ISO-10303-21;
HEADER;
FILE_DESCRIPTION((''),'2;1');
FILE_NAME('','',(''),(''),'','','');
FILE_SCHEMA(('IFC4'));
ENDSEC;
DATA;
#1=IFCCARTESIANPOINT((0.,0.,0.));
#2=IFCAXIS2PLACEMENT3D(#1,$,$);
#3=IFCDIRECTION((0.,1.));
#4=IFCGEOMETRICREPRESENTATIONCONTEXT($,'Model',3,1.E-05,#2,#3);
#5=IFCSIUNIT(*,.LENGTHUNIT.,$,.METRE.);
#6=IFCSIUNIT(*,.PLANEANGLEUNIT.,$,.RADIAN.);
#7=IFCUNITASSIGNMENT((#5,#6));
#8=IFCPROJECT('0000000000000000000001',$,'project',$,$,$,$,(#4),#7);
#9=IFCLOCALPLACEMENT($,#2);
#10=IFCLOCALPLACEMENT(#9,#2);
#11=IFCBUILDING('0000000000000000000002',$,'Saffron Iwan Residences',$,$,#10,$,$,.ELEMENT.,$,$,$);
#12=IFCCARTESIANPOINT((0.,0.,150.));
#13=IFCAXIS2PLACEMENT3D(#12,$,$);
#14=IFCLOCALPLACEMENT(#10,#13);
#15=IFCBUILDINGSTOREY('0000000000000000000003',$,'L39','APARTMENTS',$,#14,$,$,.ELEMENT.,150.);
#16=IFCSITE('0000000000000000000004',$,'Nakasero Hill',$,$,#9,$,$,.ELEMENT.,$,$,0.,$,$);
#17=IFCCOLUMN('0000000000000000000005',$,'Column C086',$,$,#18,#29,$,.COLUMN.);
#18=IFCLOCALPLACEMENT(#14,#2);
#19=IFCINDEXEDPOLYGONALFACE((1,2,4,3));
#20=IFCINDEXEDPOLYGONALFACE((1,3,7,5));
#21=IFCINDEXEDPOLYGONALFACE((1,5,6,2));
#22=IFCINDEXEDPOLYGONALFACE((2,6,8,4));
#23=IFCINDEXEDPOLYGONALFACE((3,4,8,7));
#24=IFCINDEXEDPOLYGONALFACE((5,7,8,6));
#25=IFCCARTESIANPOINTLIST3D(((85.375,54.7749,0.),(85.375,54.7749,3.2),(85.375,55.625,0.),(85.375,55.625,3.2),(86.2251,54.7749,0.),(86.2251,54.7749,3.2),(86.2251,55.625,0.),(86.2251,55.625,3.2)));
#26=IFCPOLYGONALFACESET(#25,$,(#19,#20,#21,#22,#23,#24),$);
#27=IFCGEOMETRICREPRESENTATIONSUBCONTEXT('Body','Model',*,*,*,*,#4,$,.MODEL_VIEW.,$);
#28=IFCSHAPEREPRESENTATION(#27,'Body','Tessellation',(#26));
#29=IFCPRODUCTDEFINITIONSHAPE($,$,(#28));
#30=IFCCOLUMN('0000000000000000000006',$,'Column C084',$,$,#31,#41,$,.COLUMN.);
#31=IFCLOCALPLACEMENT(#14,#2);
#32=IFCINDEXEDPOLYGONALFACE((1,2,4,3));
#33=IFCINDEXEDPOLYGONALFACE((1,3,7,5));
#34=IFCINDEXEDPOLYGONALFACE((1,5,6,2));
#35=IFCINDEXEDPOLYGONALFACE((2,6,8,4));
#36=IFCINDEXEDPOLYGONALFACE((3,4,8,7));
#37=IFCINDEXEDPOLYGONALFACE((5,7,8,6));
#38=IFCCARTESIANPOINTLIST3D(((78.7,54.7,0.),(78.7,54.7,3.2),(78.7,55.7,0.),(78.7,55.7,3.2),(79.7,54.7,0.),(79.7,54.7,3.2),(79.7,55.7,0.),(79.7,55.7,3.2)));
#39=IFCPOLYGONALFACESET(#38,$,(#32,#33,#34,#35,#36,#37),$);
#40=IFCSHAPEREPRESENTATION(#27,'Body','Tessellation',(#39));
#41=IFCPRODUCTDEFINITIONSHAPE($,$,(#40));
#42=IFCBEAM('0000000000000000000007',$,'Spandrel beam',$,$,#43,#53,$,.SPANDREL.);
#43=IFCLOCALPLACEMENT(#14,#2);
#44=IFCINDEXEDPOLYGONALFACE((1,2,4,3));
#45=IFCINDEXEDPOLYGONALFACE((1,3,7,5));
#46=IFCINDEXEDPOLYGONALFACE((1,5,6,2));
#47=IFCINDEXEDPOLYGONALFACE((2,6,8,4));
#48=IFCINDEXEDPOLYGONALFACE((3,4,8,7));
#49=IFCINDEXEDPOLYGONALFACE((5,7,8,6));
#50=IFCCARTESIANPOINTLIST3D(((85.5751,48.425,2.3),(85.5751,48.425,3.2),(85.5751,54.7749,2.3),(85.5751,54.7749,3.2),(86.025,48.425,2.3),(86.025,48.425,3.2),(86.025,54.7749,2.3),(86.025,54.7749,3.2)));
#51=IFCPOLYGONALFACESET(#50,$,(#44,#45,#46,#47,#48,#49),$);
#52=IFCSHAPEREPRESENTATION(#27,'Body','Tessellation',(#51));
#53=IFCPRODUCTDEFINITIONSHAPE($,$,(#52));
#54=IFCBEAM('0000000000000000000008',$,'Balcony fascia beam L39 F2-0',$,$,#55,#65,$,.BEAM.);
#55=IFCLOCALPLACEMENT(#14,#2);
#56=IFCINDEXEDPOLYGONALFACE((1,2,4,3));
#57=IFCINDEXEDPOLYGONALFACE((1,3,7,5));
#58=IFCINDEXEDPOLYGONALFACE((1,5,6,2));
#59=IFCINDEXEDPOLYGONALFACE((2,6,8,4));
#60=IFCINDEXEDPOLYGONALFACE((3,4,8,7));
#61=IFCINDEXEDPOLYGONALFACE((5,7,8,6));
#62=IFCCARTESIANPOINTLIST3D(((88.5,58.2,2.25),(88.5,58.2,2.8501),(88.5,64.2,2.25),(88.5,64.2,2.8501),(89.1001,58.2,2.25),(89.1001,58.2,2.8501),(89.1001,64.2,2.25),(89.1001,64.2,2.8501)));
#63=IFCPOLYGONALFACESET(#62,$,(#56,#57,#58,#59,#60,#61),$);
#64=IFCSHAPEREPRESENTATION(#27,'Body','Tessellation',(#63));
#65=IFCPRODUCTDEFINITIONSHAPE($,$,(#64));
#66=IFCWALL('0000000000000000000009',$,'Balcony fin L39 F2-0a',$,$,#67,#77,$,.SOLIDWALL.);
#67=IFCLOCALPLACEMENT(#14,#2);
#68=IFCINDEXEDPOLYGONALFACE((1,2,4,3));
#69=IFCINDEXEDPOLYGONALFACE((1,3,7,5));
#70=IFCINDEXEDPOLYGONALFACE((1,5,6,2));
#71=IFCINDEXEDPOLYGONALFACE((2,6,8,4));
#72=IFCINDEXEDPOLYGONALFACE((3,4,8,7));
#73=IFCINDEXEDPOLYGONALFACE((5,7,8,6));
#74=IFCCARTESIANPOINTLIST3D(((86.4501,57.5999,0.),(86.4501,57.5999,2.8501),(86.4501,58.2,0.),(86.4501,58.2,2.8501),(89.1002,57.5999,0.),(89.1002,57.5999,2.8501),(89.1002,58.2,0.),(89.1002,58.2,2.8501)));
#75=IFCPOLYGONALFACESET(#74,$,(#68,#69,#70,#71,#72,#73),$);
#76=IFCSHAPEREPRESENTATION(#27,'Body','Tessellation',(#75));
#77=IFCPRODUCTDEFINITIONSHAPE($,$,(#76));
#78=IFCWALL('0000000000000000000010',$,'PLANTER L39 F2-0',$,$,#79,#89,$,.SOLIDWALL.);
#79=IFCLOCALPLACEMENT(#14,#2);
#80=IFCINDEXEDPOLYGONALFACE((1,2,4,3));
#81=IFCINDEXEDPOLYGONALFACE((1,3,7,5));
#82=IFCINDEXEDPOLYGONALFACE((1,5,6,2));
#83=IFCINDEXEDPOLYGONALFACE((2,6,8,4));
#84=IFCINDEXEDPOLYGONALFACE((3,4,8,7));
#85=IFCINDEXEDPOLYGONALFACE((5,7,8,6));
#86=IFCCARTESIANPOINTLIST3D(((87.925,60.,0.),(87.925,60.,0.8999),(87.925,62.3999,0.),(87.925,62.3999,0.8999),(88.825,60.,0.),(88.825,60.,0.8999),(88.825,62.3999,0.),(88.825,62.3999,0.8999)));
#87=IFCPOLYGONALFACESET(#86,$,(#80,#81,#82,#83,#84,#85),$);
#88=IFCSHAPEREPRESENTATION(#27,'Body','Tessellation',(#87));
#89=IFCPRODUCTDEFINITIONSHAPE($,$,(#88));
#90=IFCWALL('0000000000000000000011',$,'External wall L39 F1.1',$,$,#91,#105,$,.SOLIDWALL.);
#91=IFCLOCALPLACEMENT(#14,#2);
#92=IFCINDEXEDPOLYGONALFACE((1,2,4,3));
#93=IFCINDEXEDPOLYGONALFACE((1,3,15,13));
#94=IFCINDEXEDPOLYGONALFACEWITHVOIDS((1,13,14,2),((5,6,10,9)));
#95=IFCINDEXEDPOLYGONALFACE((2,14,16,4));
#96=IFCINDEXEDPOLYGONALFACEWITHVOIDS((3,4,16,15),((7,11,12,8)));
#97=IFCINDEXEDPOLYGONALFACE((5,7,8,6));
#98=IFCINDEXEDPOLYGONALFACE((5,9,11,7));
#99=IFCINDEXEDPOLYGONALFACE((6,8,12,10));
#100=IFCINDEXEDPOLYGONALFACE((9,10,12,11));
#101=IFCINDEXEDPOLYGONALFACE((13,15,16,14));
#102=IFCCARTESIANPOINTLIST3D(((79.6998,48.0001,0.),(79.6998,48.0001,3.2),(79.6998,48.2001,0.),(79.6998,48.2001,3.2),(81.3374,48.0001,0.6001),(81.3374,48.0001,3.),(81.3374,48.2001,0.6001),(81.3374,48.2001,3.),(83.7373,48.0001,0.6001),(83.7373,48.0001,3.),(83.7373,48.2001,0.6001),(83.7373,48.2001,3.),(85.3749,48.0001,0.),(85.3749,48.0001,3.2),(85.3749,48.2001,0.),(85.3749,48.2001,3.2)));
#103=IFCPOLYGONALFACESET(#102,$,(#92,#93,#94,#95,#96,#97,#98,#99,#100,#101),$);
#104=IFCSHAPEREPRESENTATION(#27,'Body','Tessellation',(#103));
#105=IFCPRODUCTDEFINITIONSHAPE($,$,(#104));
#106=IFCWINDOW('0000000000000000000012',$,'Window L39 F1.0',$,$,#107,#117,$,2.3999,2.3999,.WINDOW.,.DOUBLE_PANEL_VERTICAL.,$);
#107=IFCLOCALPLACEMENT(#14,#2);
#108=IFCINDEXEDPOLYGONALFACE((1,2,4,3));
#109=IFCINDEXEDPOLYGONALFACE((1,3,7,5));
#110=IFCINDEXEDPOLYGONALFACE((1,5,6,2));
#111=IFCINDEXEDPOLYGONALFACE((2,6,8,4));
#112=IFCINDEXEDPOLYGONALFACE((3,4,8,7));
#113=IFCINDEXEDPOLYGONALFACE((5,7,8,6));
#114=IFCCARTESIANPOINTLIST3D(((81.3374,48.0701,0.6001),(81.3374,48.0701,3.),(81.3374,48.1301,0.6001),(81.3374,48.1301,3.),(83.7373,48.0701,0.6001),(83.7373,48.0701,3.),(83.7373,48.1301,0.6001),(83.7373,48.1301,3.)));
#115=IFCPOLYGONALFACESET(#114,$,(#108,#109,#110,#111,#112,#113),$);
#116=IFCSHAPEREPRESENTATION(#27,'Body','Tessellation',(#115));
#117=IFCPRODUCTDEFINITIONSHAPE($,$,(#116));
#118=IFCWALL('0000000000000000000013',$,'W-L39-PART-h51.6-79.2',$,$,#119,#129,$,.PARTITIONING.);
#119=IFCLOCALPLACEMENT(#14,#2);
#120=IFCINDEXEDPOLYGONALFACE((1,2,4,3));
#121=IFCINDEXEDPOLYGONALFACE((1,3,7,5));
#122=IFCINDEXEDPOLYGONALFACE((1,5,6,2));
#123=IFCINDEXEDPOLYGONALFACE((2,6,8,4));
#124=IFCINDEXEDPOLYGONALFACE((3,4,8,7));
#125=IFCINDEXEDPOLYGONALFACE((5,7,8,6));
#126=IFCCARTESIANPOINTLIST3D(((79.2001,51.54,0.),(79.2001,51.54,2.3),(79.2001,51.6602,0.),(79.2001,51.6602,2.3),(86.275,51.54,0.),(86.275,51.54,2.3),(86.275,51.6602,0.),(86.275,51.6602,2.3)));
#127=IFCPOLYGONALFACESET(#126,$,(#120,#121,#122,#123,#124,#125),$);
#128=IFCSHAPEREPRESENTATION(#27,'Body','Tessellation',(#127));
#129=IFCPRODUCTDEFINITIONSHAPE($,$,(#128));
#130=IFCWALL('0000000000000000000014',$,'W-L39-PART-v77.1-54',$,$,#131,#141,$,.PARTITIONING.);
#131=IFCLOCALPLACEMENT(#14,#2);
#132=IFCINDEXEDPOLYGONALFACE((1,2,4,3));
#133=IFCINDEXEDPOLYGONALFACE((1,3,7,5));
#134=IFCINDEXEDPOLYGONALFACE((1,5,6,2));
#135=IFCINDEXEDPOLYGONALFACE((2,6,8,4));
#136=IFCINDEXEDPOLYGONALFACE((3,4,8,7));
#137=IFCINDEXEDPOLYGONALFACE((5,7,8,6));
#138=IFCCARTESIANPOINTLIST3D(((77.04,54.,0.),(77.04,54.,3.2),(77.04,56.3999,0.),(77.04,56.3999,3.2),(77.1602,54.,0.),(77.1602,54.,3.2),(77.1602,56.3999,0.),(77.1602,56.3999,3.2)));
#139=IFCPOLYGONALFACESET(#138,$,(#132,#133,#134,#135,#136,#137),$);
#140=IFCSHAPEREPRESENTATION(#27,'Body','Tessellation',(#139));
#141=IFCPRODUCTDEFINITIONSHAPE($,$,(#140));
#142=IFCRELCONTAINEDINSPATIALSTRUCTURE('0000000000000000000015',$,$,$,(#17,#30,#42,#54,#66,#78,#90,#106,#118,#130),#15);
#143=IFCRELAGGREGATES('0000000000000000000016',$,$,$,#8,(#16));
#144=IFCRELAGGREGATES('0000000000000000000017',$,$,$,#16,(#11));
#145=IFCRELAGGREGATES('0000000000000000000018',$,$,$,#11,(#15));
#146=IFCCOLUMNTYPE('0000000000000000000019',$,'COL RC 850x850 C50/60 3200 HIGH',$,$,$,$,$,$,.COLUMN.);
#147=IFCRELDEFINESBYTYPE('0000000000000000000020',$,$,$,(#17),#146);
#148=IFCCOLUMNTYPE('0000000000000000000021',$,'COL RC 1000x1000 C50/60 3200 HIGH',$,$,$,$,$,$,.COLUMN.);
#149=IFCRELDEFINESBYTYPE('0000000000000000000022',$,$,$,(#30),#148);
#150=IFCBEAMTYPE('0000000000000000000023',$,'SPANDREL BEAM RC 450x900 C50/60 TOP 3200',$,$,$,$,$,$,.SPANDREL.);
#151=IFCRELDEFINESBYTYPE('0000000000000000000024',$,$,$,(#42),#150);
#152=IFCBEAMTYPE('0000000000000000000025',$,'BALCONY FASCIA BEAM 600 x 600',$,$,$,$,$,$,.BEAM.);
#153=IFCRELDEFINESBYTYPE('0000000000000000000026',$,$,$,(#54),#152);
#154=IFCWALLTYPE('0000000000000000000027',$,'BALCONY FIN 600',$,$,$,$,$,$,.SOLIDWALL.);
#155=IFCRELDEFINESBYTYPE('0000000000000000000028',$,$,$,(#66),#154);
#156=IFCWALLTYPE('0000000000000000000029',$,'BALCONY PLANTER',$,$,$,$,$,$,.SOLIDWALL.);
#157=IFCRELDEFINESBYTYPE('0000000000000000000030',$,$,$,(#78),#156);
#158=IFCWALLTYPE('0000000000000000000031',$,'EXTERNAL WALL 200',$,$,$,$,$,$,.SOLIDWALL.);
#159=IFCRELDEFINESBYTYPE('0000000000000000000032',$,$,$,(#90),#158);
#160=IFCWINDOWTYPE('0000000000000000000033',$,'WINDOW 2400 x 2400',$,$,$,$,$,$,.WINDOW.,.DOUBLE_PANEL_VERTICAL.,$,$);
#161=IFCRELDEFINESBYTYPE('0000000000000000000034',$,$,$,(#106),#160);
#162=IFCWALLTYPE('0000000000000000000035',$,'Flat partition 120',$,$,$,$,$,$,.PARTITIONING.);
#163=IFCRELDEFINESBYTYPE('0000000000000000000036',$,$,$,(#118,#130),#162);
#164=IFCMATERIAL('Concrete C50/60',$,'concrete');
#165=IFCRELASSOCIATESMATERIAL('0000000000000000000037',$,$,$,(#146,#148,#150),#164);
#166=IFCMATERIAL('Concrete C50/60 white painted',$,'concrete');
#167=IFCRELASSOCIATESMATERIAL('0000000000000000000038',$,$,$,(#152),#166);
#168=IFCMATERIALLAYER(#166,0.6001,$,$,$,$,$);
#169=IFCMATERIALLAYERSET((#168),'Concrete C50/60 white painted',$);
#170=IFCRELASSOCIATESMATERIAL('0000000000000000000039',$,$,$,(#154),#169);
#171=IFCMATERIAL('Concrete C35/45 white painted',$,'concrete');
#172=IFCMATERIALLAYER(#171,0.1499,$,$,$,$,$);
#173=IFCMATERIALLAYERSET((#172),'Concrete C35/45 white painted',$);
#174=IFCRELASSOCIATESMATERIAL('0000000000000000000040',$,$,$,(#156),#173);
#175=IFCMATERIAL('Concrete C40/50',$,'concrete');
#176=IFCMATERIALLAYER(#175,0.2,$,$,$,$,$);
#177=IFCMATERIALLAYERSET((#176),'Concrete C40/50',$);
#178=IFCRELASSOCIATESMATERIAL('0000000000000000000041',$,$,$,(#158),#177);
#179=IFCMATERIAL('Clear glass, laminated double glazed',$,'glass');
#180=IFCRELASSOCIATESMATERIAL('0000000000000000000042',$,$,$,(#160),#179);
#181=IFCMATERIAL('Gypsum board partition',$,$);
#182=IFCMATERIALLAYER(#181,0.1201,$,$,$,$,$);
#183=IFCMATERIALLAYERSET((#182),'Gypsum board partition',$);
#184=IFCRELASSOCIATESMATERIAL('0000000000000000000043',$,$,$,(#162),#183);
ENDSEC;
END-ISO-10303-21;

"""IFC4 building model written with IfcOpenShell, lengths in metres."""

from ifc_helpers import new_model, si_unit, direction, frame, frame_2d, origin, origin_2d, place, context, subcontext, project, spatial, rectangle, extrude, source, transform, mapped, material, layer, layer_set, material_profile, profile_set, type_object, element, fill, save


model = new_model("IFC4")

# Units and contexts
model_context = context("Model", 3, precision=1e-05, world=origin(), true_north=direction((0.0, 1.0)))
body_context = subcontext(model_context, "Body", "Model", "MODEL_VIEW")
ifc_project = project(units=[si_unit("LENGTHUNIT", "METRE"), si_unit("PLANEANGLEUNIT", "RADIAN")], contexts=[model_context])

# Site, building, storey
site_placement = place(None, origin())
site = spatial("IfcSite", under=ifc_project, at=site_placement, Name="Nakasero Hill", CompositionType="ELEMENT", RefElevation=0.0)
building_placement = place(site_placement, origin())
building = spatial("IfcBuilding", under=site, at=building_placement, Name="Saffron Iwan Residences", CompositionType="ELEMENT")
storey_placement = place(building_placement, frame((0.0, 0.0, 150.0)))
storey = spatial("IfcBuildingStorey", under=building, at=storey_placement, Name="L39", Description="APARTMENTS", CompositionType="ELEMENT", Elevation=150.0)

# Columns
ifc_material_1 = material(Name="Concrete C50/60", Category="concrete")
ifc_material_profile_1 = material_profile(ifc_material_1, rectangle(XDim=0.8501, YDim=0.8501, at=origin_2d()), Name="RC 850x850")
ifc_profile_set_1 = profile_set([ifc_material_profile_1], Name="Concrete C50/60")
column_type_1 = type_object("IfcColumnType", Name="COL RC 850x850 C50/60 3200 HIGH", PredefinedType="COLUMN", material=ifc_profile_set_1)
shared_shape_1 = source(origin(), body_context, "Body", "SweptSolid", [
    extrude(rectangle(XDim=0.8501, YDim=0.8501, at=origin_2d()), origin(), (0.0, 0.0, 1.0), 3.2),
])
column_1_placement = place(storey_placement, frame((85.8, 55.2, 0.0), z_axis=(0.0, 0.0, 1.0), x_axis=(1.0, 0.0, 0.0)))
element("IfcColumn", 1, at=column_1_placement, inside=storey, type_object=column_type_1, Name="Column C086", PredefinedType="COLUMN", context=body_context, shape_type="MappedRepresentation", body=[
    mapped(shared_shape_1, transform((0.0, 0.0, 0.0))),
])
ifc_material_profile_2 = material_profile(ifc_material_1, rectangle(XDim=1.0, YDim=1.0, at=origin_2d()), Name="RC 1000x1000")
ifc_profile_set_2 = profile_set([ifc_material_profile_2], Name="Concrete C50/60")
column_type_2 = type_object("IfcColumnType", Name="COL RC 1000x1000 C50/60 3200 HIGH", PredefinedType="COLUMN", material=ifc_profile_set_2)
shared_shape_2 = source(origin(), body_context, "Body", "SweptSolid", [
    extrude(rectangle(XDim=1.0, YDim=1.0, at=origin_2d()), origin(), (0.0, 0.0, 1.0), 3.2),
])
column_2_placement = place(storey_placement, frame((79.2, 55.2, 0.0), z_axis=(0.0, 0.0, 1.0), x_axis=(1.0, 0.0, 0.0)))
element("IfcColumn", 2, at=column_2_placement, inside=storey, type_object=column_type_2, Name="Column C084", PredefinedType="COLUMN", context=body_context, shape_type="MappedRepresentation", body=[
    mapped(shared_shape_2, transform((0.0, 0.0, 0.0))),
])

# Beams
ifc_material_profile_3 = material_profile(ifc_material_1, rectangle(XDim=0.45, YDim=0.8999, at=origin_2d()), Name="RC 450x900")
ifc_profile_set_3 = profile_set([ifc_material_profile_3], Name="Concrete C50/60")
beam_type_1 = type_object("IfcBeamType", Name="SPANDREL BEAM RC 450x900 C50/60 TOP 3200", PredefinedType="SPANDREL", material=ifc_profile_set_3)
shared_shape_3 = source(origin(), body_context, "Body", "SweptSolid", [
    extrude(rectangle(XDim=0.45, YDim=0.8999, at=origin_2d()), origin(), (0.0, 0.0, 1.0), 6.3499),
])
beam_1_placement = place(storey_placement, frame((85.8, 54.7749, 2.75), z_axis=(0.0, -1.0, 0.0), x_axis=(1.0, 0.0, 0.0)))
element("IfcBeam", 3, at=beam_1_placement, inside=storey, type_object=beam_type_1, Name="Spandrel beam", PredefinedType="SPANDREL", context=body_context, shape_type="MappedRepresentation", body=[
    mapped(shared_shape_3, transform((0.0, 0.0, 0.0))),
])
ifc_material_2 = material(Name="Concrete C50/60 white painted", Category="concrete")
ifc_material_profile_4 = material_profile(ifc_material_2, rectangle(XDim=0.6001, YDim=0.6001, at=origin_2d()), Name="BALCONY FASCIA BEAM 600 x 600")
ifc_profile_set_4 = profile_set([ifc_material_profile_4], Name="Concrete C50/60 white painted")
beam_type_2 = type_object("IfcBeamType", Name="BALCONY FASCIA BEAM 600 x 600", PredefinedType="BEAM", material=ifc_profile_set_4)
shared_shape_4 = source(origin(), body_context, "Body", "SweptSolid", [
    extrude(rectangle(XDim=0.6001, YDim=0.6001, at=origin_2d()), origin(), (0.0, 0.0, 1.0), 6.0),
])
beam_2_placement = place(storey_placement, frame((88.8, 58.2, 2.55), z_axis=(0.0, 1.0, 0.0), x_axis=(-1.0, 0.0, 0.0)))
element("IfcBeam", 4, at=beam_2_placement, inside=storey, type_object=beam_type_2, Name="Balcony fascia beam L39 F2-0", PredefinedType="BEAM", context=body_context, shape_type="MappedRepresentation", body=[
    mapped(shared_shape_4, transform((0.0, 0.0, 0.0))),
])

# Walls
ifc_layer_1 = layer(ifc_material_2, 0.6001)
ifc_layer_set_1 = layer_set([ifc_layer_1], Name="Concrete C50/60 white painted")
wall_type_1 = type_object("IfcWallType", Name="BALCONY FIN 600", PredefinedType="SOLIDWALL", material=ifc_layer_set_1)
wall_1_placement = place(storey_placement, frame((86.45, 57.8999, 0.0), z_axis=(0.0, 0.0, 1.0), x_axis=(1.0, 0.0, 0.0)))
element("IfcWall", 5, at=wall_1_placement, inside=storey, type_object=wall_type_1, Name="Balcony fin L39 F2-0a", PredefinedType="SOLIDWALL", context=body_context, shape_type="SweptSolid", body=[
    extrude(rectangle(XDim=2.6501, YDim=0.6001, at=frame_2d((1.3252, 0.0))), origin(), (0.0, 0.0, 1.0), 2.8501),
])
ifc_material_3 = material(Name="Concrete C35/45 white painted", Category="concrete")
ifc_layer_2 = layer(ifc_material_3, 0.1499)
ifc_layer_set_2 = layer_set([ifc_layer_2], Name="Concrete C35/45 white painted")
wall_type_2 = type_object("IfcWallType", Name="BALCONY PLANTER", PredefinedType="SOLIDWALL", material=ifc_layer_set_2)
wall_2_placement = place(storey_placement, frame((88.375, 60.0, 0.0), z_axis=(0.0, 0.0, 1.0), x_axis=(0.0, 1.0, 0.0)))
element("IfcWall", 6, at=wall_2_placement, inside=storey, type_object=wall_type_2, Name="PLANTER L39 F2-0", PredefinedType="SOLIDWALL", context=body_context, shape_type="SweptSolid", body=[
    extrude(rectangle(XDim=2.3999, YDim=0.8999, at=frame_2d((1.2, 0.0))), origin(), (0.0, 0.0, 1.0), 0.8999),
])

# Wall, opening, window
ifc_material_4 = material(Name="Concrete C40/50", Category="concrete")
ifc_layer_3 = layer(ifc_material_4, 0.2)
ifc_layer_set_3 = layer_set([ifc_layer_3], Name="Concrete C40/50")
wall_type_3 = type_object("IfcWallType", Name="EXTERNAL WALL 200", PredefinedType="SOLIDWALL", material=ifc_layer_set_3)
wall_3_placement = place(storey_placement, frame((79.7, 48.1001, 0.0), z_axis=(0.0, 0.0, 1.0), x_axis=(1.0, 0.0, 0.0)))
wall_3 = element("IfcWall", 7, at=wall_3_placement, inside=storey, type_object=wall_type_3, Name="External wall L39 F1.1", PredefinedType="SOLIDWALL", context=body_context, shape_type="SweptSolid", body=[
    extrude(rectangle(XDim=5.675, YDim=0.2, at=frame_2d((2.8374, 0.0))), origin(), (0.0, 0.0, 1.0), 3.2),
])
opening_1_placement = place(wall_3_placement, frame((1.6375, 0.0, 0.6001)))
opening_1 = element("IfcOpeningElement", 8, at=opening_1_placement, cuts=wall_3, PredefinedType="OPENING", context=body_context, shape_type="SweptSolid", body=[
    extrude(rectangle(XDim=2.3999, YDim=2.3999, at=frame_2d((1.2, 1.2))), frame((0.0, 0.1099, 0.0), z_axis=(0.0, -1.0, 0.0), x_axis=(1.0, 0.0, 0.0)), (0.0, 0.0, 1.0), 0.22),
])
ifc_material_5 = material(Name="Clear glass, laminated double glazed", Category="glass")
window_type_1 = type_object("IfcWindowType", Name="WINDOW 2400 x 2400", PartitioningType="DOUBLE_PANEL_VERTICAL", PredefinedType="WINDOW", material=ifc_material_5)
window_1_placement = place(opening_1_placement, origin())
window_1 = element("IfcWindow", 9, at=window_1_placement, inside=storey, type_object=window_type_1, Name="Window L39 F1.0", OverallHeight=2.3999, OverallWidth=2.3999, PartitioningType="DOUBLE_PANEL_VERTICAL", PredefinedType="WINDOW", context=body_context, shape_type="SweptSolid", body=[
    extrude(rectangle(XDim=2.3999, YDim=2.3999, at=frame_2d((1.2, 1.2))), frame((0.0, 0.03, 0.0), z_axis=(0.0, -1.0, 0.0), x_axis=(1.0, 0.0, 0.0)), (0.0, 0.0, 1.0), 0.0601),
])
fill(opening_1, window_1)

# Walls
ifc_material_6 = material(Name="Gypsum board partition")
ifc_layer_4 = layer(ifc_material_6, 0.1201)
ifc_layer_set_4 = layer_set([ifc_layer_4], Name="Gypsum board partition")
wall_type_4 = type_object("IfcWallType", Name="Flat partition 120", PredefinedType="PARTITIONING", material=ifc_layer_set_4)
wall_4_placement = place(storey_placement, frame((79.2, 51.6001, 0.0), z_axis=(0.0, 0.0, 1.0), x_axis=(1.0, 0.0, 0.0)))
element("IfcWall", 10, at=wall_4_placement, inside=storey, type_object=wall_type_4, Name="W-L39-PART-h51.6-79.2", PredefinedType="PARTITIONING", context=body_context, shape_type="SweptSolid", body=[
    extrude(rectangle(XDim=7.075, YDim=0.1201, at=frame_2d((3.5376, 0.0))), origin(), (0.0, 0.0, 1.0), 2.3),
])
wall_5_placement = place(storey_placement, frame((77.1001, 54.0, 0.0), z_axis=(0.0, 0.0, 1.0), x_axis=(0.0, 1.0, 0.0)))
element("IfcWall", 11, at=wall_5_placement, inside=storey, type_object=wall_type_4, Name="W-L39-PART-v77.1-54", PredefinedType="PARTITIONING", context=body_context, shape_type="SweptSolid", body=[
    extrude(rectangle(XDim=2.3999, YDim=0.1201, at=frame_2d((1.2, 0.0))), origin(), (0.0, 0.0, 1.0), 3.2),
])

save(model, "model.ifc")
